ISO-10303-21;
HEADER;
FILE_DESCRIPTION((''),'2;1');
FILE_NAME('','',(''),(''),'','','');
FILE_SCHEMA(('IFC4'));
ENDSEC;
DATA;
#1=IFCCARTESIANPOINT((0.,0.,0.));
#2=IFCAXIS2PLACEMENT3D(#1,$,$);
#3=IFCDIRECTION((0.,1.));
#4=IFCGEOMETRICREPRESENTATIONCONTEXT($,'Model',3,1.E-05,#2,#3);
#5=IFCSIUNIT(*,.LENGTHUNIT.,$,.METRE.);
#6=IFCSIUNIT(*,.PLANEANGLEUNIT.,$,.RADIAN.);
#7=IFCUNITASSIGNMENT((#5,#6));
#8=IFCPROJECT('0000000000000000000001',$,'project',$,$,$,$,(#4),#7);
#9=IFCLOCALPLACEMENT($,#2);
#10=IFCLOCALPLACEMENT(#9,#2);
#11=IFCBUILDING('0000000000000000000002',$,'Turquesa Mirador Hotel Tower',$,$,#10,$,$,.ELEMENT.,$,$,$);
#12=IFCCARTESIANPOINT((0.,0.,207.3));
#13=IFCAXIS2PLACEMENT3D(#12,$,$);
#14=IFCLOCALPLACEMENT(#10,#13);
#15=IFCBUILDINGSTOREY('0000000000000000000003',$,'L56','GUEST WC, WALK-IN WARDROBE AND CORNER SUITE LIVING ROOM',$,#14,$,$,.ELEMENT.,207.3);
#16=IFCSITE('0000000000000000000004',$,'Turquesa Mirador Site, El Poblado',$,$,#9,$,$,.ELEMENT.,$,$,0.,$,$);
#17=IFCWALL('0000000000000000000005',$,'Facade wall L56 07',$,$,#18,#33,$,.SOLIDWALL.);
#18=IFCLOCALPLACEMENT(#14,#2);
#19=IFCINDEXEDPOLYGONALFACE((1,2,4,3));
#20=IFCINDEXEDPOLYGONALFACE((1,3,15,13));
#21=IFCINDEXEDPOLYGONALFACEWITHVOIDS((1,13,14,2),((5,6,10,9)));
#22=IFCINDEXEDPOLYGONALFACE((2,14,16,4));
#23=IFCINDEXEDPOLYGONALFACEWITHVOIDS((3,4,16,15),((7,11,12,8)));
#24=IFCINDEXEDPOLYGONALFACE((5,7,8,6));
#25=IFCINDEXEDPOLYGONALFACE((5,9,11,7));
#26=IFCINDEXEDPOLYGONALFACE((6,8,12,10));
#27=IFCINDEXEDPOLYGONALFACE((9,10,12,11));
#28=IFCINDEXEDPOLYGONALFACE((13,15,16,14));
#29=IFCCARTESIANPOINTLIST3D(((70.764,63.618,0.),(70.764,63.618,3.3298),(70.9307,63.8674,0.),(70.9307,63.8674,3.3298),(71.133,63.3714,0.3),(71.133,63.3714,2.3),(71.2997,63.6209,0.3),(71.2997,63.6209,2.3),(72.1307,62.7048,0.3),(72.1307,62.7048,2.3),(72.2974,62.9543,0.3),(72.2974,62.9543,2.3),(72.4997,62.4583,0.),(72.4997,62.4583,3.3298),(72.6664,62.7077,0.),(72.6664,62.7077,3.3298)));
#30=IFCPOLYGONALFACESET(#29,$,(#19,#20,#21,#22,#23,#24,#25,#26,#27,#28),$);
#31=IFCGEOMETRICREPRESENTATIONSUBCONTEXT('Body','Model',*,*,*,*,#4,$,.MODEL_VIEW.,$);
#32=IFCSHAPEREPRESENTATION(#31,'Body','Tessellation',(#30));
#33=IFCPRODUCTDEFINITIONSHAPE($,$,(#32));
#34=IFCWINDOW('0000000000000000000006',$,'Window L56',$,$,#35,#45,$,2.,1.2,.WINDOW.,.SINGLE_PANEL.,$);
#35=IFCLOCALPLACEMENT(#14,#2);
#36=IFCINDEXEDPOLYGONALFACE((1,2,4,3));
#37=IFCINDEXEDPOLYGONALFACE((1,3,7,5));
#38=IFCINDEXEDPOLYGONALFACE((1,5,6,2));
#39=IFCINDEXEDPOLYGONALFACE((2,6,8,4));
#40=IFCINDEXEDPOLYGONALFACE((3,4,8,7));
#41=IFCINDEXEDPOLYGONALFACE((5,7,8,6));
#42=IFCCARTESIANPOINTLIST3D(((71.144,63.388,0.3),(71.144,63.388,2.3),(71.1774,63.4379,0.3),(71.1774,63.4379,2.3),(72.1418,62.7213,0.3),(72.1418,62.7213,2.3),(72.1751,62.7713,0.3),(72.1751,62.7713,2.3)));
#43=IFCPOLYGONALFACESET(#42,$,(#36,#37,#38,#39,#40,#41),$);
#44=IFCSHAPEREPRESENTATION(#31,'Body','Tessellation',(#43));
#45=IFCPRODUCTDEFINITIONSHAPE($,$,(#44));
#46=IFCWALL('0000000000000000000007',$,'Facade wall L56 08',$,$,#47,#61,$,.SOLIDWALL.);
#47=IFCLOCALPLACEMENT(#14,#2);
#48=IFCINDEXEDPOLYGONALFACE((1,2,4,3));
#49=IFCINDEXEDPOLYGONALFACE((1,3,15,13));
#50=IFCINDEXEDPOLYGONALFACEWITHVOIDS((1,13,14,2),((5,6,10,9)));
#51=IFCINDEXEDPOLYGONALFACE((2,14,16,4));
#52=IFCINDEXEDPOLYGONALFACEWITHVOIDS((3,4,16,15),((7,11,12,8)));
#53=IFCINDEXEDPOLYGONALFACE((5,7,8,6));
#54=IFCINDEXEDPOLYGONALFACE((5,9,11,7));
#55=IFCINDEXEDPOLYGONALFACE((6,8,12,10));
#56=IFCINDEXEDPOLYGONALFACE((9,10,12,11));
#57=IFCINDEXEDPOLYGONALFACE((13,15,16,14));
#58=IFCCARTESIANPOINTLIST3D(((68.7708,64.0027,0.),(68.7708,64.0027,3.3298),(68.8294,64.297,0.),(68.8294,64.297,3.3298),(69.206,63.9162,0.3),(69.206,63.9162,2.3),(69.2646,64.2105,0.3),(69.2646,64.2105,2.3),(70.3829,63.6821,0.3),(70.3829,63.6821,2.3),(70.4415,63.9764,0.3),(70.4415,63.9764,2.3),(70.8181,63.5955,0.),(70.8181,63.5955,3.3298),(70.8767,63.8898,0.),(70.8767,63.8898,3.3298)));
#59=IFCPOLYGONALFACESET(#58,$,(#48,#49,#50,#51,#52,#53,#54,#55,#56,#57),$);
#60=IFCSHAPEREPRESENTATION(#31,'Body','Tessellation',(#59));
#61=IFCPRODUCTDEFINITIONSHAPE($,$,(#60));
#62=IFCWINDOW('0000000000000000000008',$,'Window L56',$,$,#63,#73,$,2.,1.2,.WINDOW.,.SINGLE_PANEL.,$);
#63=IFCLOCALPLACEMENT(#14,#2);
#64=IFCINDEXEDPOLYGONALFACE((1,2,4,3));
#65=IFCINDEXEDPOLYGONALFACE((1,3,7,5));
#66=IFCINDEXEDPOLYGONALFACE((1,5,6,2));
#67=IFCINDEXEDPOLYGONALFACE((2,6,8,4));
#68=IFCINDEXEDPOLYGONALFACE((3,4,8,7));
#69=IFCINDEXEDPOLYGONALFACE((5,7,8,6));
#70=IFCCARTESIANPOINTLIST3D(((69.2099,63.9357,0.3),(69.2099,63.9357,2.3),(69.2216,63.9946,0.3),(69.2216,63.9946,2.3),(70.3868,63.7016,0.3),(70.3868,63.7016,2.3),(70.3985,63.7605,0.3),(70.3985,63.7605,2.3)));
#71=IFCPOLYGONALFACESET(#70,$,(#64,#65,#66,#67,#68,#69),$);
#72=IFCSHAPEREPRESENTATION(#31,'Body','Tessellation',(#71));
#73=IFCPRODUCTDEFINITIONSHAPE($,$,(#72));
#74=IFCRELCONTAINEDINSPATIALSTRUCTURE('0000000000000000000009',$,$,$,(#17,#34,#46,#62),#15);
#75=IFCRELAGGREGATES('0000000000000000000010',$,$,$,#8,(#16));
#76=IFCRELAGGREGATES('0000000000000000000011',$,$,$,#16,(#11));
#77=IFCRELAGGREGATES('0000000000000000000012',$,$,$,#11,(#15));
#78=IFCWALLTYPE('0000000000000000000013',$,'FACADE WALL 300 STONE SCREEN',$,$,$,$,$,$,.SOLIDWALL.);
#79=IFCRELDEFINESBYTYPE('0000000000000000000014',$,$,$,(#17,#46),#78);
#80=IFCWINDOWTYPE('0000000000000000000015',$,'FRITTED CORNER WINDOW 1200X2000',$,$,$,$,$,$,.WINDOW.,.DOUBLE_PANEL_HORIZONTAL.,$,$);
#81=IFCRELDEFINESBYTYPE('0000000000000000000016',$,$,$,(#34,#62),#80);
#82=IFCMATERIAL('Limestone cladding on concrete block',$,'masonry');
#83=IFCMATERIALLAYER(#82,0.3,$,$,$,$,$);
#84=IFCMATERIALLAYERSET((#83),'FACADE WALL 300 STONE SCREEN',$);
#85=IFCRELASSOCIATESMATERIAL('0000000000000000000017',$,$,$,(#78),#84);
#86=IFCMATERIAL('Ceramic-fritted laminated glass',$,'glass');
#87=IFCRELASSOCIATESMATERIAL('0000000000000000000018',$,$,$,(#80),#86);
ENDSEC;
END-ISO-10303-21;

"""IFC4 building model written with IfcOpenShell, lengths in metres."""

from ifc_helpers import new_model, si_unit, direction, frame, frame_2d, origin, place, context, subcontext, project, spatial, rectangle, extrude, material, layer, layer_set, type_object, element, fill, save


model = new_model("IFC4")

# Units and contexts
model_context = context("Model", 3, precision=1e-05, world=origin(), true_north=direction((0.0, 1.0)))
body_context = subcontext(model_context, "Body", "Model", "MODEL_VIEW")
ifc_project = project(units=[si_unit("LENGTHUNIT", "METRE"), si_unit("PLANEANGLEUNIT", "RADIAN")], contexts=[model_context])

# Site, building, storey
site_placement = place(None, origin())
site = spatial("IfcSite", under=ifc_project, at=site_placement, Name="Turquesa Mirador Site, El Poblado", CompositionType="ELEMENT", RefElevation=0.0)
building_placement = place(site_placement, origin())
building = spatial("IfcBuilding", under=site, at=building_placement, Name="Turquesa Mirador Hotel Tower", CompositionType="ELEMENT")
storey_placement = place(building_placement, frame((0.0, 0.0, 207.3)))
storey = spatial("IfcBuildingStorey", under=building, at=storey_placement, Name="L56", Description="GUEST WC, WALK-IN WARDROBE AND CORNER SUITE LIVING ROOM", CompositionType="ELEMENT", Elevation=207.3)

# Walls, openings, windows
ifc_material_1 = material(Name="Limestone cladding on concrete block", Category="masonry")
ifc_layer = layer(ifc_material_1, 0.3)
ifc_layer_set = layer_set([ifc_layer], Name="FACADE WALL 300 STONE SCREEN")
wall_type = type_object("IfcWallType", Name="FACADE WALL 300 STONE SCREEN", PredefinedType="SOLIDWALL", material=ifc_layer_set)
ifc_material_2 = material(Name="Ceramic-fritted laminated glass", Category="glass")
window_type = type_object("IfcWindowType", Name="FRITTED CORNER WINDOW 1200X2000", PartitioningType="DOUBLE_PANEL_HORIZONTAL", PredefinedType="WINDOW", material=ifc_material_2)
wall_1_placement = place(storey_placement, frame((72.583, 62.583, 0.0), z_axis=(0.0, 0.0, 1.0), x_axis=(-0.831474, 0.555564, 0.0)))
wall_1 = element("IfcWall", 1, at=wall_1_placement, inside=storey, type_object=wall_type, Name="Facade wall L56 07", PredefinedType="SOLIDWALL", context=body_context, shape_type="SweptSolid", body=[
    extrude(rectangle(XDim=2.0874, YDim=0.3, at=frame_2d((1.0437, 0.0))), origin(), (0.0, 0.0, 1.0), 3.3298),
])
opening_1_placement = place(wall_1_placement, frame((0.4436, 0.0, 0.3)))
opening_1 = element("IfcOpeningElement", 2, at=opening_1_placement, cuts=wall_1, PredefinedType="OPENING", context=body_context, shape_type="SweptSolid", body=[
    extrude(rectangle(XDim=1.2, YDim=2.0, at=frame_2d((0.6001, 1.0))), frame((0.0, 0.1599, 0.0), z_axis=(0.0, -1.0, 0.0), x_axis=(1.0, 0.0, 0.0)), (0.0, 0.0, 1.0), 0.3201),
])
window_1_placement = place(opening_1_placement, origin())
window_1 = element("IfcWindow", 3, at=window_1_placement, inside=storey, type_object=window_type, Name="Window L56", OverallHeight=2.0, OverallWidth=1.2, PartitioningType="SINGLE_PANEL", PredefinedType="WINDOW", context=body_context, shape_type="SweptSolid", body=[
    extrude(rectangle(XDim=1.2, YDim=2.0, at=frame_2d((0.6001, 1.0))), frame((0.0, 0.1301, 0.0), z_axis=(0.0, -1.0, 0.0), x_axis=(1.0, 0.0, 0.0)), (0.0, 0.0, 1.0), 0.0601),
])
fill(opening_1, window_1)
wall_2_placement = place(storey_placement, frame((70.8474, 63.7427, 0.0), z_axis=(0.0, 0.0, 1.0), x_axis=(-0.980787, 0.195081, 0.0)))
wall_2 = element("IfcWall", 4, at=wall_2_placement, inside=storey, type_object=wall_type, Name="Facade wall L56 08", PredefinedType="SOLIDWALL", context=body_context, shape_type="SweptSolid", body=[
    extrude(rectangle(XDim=2.0874, YDim=0.3, at=frame_2d((1.0437, 0.0))), origin(), (0.0, 0.0, 1.0), 3.3298),
])
opening_2_placement = place(wall_2_placement, frame((0.4436, 0.0, 0.3)))
opening_2 = element("IfcOpeningElement", 5, at=opening_2_placement, cuts=wall_2, PredefinedType="OPENING", context=body_context, shape_type="SweptSolid", body=[
    extrude(rectangle(XDim=1.2, YDim=2.0, at=frame_2d((0.6001, 1.0))), frame((0.0, 0.1599, 0.0), z_axis=(0.0, -1.0, 0.0), x_axis=(1.0, 0.0, 0.0)), (0.0, 0.0, 1.0), 0.3201),
])
window_2_placement = place(opening_2_placement, origin())
window_2 = element("IfcWindow", 6, at=window_2_placement, inside=storey, type_object=window_type, Name="Window L56", OverallHeight=2.0, OverallWidth=1.2, PartitioningType="SINGLE_PANEL", PredefinedType="WINDOW", context=body_context, shape_type="SweptSolid", body=[
    extrude(rectangle(XDim=1.2, YDim=2.0, at=frame_2d((0.6001, 1.0))), frame((0.0, 0.1301, 0.0), z_axis=(0.0, -1.0, 0.0), x_axis=(1.0, 0.0, 0.0)), (0.0, 0.0, 1.0), 0.0601),
])
fill(opening_2, window_2)

save(model, "model.ifc")
